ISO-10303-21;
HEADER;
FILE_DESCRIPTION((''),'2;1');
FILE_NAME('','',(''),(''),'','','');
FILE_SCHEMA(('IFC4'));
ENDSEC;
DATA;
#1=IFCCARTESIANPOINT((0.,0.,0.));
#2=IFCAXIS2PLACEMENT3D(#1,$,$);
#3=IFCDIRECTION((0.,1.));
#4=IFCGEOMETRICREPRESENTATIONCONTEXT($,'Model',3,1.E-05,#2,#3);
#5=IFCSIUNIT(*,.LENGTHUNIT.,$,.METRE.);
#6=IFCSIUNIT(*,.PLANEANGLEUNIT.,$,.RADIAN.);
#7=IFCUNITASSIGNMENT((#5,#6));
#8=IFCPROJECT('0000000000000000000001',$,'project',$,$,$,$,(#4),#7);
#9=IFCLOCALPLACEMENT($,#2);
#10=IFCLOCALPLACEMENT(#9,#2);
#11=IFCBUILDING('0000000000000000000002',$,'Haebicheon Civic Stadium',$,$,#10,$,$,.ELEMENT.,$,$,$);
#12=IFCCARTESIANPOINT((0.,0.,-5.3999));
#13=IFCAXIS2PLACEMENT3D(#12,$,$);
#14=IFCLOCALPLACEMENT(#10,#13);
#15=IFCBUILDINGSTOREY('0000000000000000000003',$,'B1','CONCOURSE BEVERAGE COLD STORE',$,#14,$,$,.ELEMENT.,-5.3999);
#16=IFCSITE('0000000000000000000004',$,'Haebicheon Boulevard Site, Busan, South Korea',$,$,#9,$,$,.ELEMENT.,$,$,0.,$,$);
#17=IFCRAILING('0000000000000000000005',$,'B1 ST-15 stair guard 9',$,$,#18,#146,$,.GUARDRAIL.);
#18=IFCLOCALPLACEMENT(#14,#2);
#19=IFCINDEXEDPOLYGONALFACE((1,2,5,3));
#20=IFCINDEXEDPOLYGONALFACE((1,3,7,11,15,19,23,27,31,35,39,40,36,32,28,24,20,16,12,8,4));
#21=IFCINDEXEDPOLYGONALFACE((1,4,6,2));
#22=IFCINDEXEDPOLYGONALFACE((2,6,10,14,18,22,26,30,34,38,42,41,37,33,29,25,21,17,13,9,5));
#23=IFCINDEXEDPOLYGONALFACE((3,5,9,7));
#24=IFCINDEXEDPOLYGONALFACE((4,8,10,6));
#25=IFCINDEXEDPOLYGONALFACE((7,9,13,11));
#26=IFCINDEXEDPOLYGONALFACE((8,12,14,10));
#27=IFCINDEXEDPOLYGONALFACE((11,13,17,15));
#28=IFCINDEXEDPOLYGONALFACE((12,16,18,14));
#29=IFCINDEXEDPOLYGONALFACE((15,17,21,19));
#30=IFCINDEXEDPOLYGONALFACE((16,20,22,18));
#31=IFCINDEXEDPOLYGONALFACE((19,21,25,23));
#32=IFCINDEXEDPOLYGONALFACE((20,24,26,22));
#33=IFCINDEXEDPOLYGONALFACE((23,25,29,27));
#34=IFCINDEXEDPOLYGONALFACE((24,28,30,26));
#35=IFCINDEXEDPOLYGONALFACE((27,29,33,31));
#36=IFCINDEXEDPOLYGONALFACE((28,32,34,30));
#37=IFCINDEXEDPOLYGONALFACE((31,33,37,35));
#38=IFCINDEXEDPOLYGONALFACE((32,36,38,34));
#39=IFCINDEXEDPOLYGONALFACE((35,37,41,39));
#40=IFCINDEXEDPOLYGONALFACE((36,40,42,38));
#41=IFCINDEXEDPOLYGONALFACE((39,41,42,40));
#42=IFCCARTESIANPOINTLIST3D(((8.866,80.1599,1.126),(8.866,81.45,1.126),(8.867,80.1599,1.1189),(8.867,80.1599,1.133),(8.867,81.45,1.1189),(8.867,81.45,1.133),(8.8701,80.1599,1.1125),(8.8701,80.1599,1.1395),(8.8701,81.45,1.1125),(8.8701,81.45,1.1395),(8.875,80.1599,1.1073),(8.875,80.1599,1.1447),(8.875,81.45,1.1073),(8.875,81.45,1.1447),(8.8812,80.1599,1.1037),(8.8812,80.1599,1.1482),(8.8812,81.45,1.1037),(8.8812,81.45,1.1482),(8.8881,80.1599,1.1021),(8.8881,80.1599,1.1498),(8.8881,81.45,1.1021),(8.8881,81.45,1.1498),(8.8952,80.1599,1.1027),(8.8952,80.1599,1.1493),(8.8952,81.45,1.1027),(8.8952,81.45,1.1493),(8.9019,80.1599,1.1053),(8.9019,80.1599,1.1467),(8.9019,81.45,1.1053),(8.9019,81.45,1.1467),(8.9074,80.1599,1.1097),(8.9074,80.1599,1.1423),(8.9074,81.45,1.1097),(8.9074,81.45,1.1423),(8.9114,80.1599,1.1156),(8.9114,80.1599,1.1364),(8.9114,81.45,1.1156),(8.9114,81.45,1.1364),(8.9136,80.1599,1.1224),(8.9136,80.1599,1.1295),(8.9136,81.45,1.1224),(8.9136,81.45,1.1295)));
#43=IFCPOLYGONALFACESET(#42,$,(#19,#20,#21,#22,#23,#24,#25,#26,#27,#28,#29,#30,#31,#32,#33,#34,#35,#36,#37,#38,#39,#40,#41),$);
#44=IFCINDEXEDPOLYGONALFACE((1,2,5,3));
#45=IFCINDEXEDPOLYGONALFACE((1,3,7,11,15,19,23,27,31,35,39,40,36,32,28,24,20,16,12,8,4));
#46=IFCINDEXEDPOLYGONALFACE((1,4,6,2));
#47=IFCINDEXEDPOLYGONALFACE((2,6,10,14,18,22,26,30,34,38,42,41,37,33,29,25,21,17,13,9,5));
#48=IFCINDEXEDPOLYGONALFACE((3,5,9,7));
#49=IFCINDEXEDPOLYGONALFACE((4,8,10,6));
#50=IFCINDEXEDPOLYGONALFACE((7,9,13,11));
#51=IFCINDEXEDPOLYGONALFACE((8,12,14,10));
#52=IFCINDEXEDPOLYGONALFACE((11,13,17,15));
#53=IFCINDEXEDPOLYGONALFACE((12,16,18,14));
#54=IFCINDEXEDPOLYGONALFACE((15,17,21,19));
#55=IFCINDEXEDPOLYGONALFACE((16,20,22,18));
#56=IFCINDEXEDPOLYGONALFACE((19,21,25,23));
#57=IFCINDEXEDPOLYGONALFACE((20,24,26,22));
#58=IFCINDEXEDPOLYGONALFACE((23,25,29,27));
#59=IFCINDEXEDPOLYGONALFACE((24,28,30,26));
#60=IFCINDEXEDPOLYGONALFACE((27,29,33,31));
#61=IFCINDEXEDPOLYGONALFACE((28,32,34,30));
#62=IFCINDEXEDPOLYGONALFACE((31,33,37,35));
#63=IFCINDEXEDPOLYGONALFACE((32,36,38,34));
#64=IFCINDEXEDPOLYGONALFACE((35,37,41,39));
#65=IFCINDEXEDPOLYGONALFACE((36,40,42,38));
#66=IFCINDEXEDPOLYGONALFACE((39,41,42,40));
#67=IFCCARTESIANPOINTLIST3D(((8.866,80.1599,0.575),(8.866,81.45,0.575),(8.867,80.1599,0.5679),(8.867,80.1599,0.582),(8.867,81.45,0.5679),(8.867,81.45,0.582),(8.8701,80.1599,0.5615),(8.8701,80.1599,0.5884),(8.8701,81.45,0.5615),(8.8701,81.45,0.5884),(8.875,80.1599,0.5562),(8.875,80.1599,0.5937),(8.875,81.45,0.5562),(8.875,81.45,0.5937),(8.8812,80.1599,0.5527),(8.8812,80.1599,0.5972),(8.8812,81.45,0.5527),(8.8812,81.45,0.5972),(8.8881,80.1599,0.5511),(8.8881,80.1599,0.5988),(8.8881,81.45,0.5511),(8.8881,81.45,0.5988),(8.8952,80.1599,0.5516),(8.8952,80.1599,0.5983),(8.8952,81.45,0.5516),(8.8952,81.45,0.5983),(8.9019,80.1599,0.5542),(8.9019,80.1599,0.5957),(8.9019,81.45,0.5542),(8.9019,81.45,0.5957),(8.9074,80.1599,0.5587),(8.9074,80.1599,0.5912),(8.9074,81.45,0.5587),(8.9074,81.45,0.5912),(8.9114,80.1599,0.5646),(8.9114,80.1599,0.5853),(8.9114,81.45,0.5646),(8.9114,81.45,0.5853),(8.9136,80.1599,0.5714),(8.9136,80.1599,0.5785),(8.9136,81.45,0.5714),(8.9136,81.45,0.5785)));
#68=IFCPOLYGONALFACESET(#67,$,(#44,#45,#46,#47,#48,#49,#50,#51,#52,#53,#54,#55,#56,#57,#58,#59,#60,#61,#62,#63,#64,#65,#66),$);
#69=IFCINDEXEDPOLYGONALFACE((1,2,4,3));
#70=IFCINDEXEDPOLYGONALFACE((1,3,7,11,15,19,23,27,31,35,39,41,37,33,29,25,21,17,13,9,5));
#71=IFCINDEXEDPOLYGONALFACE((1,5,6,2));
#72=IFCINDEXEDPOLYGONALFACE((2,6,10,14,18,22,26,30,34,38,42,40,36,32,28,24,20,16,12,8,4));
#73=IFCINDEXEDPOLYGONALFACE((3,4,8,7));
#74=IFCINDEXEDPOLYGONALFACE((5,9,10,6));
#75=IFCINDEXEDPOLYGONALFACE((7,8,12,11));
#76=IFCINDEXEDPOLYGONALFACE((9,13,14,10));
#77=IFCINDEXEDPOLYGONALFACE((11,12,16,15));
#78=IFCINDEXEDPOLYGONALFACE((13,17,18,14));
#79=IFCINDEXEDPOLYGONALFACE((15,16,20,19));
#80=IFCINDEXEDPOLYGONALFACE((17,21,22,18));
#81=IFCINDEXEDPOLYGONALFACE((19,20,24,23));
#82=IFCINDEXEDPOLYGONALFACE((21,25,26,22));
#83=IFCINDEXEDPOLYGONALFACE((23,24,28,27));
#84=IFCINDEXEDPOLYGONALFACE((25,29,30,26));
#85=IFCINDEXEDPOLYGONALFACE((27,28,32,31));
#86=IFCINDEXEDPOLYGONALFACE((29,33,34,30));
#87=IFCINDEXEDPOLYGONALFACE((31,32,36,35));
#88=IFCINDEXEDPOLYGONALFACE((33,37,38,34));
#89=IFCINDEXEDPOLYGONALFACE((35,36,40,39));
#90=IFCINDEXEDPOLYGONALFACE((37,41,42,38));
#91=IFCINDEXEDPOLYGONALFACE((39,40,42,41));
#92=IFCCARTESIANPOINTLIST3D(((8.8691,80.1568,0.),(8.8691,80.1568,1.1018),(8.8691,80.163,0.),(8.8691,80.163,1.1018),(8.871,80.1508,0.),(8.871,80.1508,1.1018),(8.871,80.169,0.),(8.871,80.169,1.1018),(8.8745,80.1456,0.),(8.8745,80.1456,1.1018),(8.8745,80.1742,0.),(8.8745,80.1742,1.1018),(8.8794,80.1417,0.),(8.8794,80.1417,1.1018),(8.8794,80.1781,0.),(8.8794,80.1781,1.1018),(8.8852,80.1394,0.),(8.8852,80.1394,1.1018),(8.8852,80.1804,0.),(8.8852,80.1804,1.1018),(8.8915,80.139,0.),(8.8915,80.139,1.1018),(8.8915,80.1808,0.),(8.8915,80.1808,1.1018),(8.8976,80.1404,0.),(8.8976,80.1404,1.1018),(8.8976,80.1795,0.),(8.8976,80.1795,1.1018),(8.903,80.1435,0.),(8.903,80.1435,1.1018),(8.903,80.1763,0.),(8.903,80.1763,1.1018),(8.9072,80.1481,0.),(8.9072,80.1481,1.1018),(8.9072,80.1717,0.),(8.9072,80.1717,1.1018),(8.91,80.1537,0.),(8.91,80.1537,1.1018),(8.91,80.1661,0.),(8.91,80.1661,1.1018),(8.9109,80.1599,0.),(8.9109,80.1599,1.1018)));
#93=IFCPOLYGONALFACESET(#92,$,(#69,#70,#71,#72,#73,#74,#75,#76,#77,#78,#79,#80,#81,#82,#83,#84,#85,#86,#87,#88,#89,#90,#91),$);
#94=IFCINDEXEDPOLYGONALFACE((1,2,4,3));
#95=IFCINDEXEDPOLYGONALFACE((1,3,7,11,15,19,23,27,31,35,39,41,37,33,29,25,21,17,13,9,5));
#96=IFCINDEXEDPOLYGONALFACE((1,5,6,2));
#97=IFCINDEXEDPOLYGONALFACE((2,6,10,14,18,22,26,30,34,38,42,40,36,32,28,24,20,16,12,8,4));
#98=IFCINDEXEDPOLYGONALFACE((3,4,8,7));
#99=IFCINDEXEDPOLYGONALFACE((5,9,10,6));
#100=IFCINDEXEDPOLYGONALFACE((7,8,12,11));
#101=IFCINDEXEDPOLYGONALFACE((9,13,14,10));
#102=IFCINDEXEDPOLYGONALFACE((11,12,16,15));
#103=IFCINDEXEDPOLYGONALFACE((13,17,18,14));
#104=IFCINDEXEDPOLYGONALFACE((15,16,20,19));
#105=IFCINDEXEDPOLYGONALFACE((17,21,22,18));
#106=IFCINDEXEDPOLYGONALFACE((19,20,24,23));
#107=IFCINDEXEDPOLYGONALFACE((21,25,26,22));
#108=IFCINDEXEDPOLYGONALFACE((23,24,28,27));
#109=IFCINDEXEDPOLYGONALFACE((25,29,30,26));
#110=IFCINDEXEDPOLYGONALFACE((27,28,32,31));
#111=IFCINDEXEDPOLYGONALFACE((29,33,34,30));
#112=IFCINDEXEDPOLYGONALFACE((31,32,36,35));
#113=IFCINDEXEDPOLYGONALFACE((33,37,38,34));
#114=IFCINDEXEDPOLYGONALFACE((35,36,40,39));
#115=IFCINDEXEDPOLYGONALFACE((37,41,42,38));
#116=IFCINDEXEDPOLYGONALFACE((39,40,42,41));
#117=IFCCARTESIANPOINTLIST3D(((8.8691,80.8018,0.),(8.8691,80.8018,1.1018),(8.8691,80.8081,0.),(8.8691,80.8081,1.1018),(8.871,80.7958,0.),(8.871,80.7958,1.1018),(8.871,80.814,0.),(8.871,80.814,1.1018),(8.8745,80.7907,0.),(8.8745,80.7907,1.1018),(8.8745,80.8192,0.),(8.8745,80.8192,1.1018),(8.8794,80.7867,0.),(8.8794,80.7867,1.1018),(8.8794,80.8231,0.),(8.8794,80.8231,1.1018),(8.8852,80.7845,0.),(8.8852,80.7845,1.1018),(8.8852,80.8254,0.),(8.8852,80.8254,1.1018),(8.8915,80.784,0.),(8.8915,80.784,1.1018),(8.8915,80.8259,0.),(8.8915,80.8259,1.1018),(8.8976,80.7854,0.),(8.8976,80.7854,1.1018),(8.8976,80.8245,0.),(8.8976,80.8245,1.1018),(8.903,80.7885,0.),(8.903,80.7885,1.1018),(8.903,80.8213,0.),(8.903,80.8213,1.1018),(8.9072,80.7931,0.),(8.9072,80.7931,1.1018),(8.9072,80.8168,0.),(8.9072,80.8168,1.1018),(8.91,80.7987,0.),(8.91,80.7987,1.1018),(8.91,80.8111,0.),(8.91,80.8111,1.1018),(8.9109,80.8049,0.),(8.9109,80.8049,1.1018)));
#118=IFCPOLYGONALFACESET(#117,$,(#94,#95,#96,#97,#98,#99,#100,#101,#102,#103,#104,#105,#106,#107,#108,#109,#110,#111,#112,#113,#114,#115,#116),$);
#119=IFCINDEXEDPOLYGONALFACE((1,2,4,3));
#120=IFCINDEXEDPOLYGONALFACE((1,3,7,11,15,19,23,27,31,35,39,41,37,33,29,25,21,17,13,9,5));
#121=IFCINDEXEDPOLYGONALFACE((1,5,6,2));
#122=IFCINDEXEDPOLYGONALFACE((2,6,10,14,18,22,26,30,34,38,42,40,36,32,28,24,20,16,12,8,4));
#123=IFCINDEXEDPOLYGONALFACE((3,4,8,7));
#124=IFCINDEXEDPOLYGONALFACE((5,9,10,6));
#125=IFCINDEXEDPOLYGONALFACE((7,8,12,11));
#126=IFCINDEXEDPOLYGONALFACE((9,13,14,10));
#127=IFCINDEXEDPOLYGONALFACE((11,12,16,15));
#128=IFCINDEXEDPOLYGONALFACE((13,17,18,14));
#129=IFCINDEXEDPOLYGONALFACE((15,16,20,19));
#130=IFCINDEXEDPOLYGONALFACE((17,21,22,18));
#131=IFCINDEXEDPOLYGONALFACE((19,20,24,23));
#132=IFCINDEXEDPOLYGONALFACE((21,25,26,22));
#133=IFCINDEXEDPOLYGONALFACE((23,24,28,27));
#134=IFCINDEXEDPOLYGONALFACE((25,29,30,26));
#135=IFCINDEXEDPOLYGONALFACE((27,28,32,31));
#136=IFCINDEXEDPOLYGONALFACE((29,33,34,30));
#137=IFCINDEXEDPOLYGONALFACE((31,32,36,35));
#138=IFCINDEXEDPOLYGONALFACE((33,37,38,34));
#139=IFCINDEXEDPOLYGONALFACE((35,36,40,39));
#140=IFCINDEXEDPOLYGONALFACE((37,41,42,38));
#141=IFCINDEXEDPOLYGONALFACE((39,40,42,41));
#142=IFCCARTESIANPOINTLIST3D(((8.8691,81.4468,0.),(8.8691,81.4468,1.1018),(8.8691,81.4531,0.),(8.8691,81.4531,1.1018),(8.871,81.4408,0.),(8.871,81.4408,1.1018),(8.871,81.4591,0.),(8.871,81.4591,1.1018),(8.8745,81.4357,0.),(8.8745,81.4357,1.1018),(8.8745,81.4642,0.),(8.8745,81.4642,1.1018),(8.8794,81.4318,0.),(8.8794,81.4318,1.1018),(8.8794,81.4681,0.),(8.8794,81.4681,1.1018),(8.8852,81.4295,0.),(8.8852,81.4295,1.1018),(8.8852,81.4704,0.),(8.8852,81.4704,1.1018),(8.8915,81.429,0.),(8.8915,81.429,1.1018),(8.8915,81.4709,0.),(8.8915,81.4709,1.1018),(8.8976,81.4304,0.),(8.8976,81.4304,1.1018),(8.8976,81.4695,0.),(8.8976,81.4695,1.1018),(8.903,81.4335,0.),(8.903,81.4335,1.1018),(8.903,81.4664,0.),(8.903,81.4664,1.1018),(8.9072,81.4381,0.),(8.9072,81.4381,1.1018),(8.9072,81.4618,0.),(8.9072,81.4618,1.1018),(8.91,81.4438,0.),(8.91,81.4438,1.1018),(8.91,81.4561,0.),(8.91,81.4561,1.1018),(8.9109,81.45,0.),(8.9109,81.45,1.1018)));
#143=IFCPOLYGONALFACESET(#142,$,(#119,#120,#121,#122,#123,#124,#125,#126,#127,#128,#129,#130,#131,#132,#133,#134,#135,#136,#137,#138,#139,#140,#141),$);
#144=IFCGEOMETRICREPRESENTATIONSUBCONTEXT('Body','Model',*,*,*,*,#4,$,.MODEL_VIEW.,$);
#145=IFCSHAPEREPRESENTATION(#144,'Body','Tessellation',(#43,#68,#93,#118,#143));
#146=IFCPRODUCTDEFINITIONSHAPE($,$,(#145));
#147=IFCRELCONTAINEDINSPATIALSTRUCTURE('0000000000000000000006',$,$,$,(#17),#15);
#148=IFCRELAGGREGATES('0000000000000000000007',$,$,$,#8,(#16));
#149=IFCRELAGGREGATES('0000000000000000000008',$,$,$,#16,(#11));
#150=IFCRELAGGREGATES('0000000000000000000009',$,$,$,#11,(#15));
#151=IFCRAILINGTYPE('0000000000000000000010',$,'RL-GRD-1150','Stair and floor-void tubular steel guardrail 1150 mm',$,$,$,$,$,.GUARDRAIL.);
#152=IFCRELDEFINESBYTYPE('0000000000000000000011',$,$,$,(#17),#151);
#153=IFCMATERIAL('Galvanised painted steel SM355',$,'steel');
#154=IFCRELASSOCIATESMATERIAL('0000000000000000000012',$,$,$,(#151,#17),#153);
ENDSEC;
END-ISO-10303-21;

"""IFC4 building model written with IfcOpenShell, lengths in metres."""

from ifc_helpers import new_model, si_unit, direction, frame, origin, origin_2d, place, context, subcontext, project, spatial, circle, extrude, material, type_object, element, save


model = new_model("IFC4")

# Units and contexts
model_context = context("Model", 3, precision=1e-05, world=origin(), true_north=direction((0.0, 1.0)))
body_context = subcontext(model_context, "Body", "Model", "MODEL_VIEW")
ifc_project = project(units=[si_unit("LENGTHUNIT", "METRE"), si_unit("PLANEANGLEUNIT", "RADIAN")], contexts=[model_context])

# Site, building, storey
site_placement = place(None, origin())
site = spatial("IfcSite", under=ifc_project, at=site_placement, Name="Haebicheon Boulevard Site, Busan, South Korea", CompositionType="ELEMENT", RefElevation=0.0)
building_placement = place(site_placement, origin())
building = spatial("IfcBuilding", under=site, at=building_placement, Name="Haebicheon Civic Stadium", CompositionType="ELEMENT")
storey_placement = place(building_placement, frame((0.0, 0.0, -5.3999)))
storey = spatial("IfcBuildingStorey", under=building, at=storey_placement, Name="B1", Description="CONCOURSE BEVERAGE COLD STORE", CompositionType="ELEMENT", Elevation=-5.3999)

# Railing
ifc_material_1 = material(Name="Galvanised painted steel SM355", Category="steel")
railing_type = type_object("IfcRailingType", Name="RL-GRD-1150", Description="Stair and floor-void tubular steel guardrail 1150 mm", PredefinedType="GUARDRAIL", material=ifc_material_1)
railing_1_placement = place(storey_placement, frame((8.8899, 80.1599, 0.0)))
element("IfcRailing", 1, at=railing_1_placement, inside=storey, type_object=railing_type, material=ifc_material_1, Name="B1 ST-15 stair guard 9", PredefinedType="GUARDRAIL", context=body_context, shape_type="SweptSolid", body=[
    extrude(circle(Radius=0.0239, at=origin_2d()), frame((0.0, 0.0, 1.126), z_axis=(0.0, 1.0, 0.0), x_axis=(-1.0, 0.0, 0.0)), (0.0, 0.0, 1.0), 1.29),
    extrude(circle(Radius=0.0239, at=origin_2d()), frame((0.0, 0.0, 0.575), z_axis=(0.0, 1.0, 0.0), x_axis=(-1.0, 0.0, 0.0)), (0.0, 0.0, 1.0), 1.29),
    extrude(circle(Radius=0.021, at=origin_2d()), origin(), (0.0, 0.0, 1.0), 1.1018),
    extrude(circle(Radius=0.021, at=origin_2d()), frame((0.0, 0.645, 0.0)), (0.0, 0.0, 1.0), 1.1018),
    extrude(circle(Radius=0.021, at=origin_2d()), frame((0.0, 1.29, 0.0)), (0.0, 0.0, 1.0), 1.1018),
])

save(model, "model.ifc")
